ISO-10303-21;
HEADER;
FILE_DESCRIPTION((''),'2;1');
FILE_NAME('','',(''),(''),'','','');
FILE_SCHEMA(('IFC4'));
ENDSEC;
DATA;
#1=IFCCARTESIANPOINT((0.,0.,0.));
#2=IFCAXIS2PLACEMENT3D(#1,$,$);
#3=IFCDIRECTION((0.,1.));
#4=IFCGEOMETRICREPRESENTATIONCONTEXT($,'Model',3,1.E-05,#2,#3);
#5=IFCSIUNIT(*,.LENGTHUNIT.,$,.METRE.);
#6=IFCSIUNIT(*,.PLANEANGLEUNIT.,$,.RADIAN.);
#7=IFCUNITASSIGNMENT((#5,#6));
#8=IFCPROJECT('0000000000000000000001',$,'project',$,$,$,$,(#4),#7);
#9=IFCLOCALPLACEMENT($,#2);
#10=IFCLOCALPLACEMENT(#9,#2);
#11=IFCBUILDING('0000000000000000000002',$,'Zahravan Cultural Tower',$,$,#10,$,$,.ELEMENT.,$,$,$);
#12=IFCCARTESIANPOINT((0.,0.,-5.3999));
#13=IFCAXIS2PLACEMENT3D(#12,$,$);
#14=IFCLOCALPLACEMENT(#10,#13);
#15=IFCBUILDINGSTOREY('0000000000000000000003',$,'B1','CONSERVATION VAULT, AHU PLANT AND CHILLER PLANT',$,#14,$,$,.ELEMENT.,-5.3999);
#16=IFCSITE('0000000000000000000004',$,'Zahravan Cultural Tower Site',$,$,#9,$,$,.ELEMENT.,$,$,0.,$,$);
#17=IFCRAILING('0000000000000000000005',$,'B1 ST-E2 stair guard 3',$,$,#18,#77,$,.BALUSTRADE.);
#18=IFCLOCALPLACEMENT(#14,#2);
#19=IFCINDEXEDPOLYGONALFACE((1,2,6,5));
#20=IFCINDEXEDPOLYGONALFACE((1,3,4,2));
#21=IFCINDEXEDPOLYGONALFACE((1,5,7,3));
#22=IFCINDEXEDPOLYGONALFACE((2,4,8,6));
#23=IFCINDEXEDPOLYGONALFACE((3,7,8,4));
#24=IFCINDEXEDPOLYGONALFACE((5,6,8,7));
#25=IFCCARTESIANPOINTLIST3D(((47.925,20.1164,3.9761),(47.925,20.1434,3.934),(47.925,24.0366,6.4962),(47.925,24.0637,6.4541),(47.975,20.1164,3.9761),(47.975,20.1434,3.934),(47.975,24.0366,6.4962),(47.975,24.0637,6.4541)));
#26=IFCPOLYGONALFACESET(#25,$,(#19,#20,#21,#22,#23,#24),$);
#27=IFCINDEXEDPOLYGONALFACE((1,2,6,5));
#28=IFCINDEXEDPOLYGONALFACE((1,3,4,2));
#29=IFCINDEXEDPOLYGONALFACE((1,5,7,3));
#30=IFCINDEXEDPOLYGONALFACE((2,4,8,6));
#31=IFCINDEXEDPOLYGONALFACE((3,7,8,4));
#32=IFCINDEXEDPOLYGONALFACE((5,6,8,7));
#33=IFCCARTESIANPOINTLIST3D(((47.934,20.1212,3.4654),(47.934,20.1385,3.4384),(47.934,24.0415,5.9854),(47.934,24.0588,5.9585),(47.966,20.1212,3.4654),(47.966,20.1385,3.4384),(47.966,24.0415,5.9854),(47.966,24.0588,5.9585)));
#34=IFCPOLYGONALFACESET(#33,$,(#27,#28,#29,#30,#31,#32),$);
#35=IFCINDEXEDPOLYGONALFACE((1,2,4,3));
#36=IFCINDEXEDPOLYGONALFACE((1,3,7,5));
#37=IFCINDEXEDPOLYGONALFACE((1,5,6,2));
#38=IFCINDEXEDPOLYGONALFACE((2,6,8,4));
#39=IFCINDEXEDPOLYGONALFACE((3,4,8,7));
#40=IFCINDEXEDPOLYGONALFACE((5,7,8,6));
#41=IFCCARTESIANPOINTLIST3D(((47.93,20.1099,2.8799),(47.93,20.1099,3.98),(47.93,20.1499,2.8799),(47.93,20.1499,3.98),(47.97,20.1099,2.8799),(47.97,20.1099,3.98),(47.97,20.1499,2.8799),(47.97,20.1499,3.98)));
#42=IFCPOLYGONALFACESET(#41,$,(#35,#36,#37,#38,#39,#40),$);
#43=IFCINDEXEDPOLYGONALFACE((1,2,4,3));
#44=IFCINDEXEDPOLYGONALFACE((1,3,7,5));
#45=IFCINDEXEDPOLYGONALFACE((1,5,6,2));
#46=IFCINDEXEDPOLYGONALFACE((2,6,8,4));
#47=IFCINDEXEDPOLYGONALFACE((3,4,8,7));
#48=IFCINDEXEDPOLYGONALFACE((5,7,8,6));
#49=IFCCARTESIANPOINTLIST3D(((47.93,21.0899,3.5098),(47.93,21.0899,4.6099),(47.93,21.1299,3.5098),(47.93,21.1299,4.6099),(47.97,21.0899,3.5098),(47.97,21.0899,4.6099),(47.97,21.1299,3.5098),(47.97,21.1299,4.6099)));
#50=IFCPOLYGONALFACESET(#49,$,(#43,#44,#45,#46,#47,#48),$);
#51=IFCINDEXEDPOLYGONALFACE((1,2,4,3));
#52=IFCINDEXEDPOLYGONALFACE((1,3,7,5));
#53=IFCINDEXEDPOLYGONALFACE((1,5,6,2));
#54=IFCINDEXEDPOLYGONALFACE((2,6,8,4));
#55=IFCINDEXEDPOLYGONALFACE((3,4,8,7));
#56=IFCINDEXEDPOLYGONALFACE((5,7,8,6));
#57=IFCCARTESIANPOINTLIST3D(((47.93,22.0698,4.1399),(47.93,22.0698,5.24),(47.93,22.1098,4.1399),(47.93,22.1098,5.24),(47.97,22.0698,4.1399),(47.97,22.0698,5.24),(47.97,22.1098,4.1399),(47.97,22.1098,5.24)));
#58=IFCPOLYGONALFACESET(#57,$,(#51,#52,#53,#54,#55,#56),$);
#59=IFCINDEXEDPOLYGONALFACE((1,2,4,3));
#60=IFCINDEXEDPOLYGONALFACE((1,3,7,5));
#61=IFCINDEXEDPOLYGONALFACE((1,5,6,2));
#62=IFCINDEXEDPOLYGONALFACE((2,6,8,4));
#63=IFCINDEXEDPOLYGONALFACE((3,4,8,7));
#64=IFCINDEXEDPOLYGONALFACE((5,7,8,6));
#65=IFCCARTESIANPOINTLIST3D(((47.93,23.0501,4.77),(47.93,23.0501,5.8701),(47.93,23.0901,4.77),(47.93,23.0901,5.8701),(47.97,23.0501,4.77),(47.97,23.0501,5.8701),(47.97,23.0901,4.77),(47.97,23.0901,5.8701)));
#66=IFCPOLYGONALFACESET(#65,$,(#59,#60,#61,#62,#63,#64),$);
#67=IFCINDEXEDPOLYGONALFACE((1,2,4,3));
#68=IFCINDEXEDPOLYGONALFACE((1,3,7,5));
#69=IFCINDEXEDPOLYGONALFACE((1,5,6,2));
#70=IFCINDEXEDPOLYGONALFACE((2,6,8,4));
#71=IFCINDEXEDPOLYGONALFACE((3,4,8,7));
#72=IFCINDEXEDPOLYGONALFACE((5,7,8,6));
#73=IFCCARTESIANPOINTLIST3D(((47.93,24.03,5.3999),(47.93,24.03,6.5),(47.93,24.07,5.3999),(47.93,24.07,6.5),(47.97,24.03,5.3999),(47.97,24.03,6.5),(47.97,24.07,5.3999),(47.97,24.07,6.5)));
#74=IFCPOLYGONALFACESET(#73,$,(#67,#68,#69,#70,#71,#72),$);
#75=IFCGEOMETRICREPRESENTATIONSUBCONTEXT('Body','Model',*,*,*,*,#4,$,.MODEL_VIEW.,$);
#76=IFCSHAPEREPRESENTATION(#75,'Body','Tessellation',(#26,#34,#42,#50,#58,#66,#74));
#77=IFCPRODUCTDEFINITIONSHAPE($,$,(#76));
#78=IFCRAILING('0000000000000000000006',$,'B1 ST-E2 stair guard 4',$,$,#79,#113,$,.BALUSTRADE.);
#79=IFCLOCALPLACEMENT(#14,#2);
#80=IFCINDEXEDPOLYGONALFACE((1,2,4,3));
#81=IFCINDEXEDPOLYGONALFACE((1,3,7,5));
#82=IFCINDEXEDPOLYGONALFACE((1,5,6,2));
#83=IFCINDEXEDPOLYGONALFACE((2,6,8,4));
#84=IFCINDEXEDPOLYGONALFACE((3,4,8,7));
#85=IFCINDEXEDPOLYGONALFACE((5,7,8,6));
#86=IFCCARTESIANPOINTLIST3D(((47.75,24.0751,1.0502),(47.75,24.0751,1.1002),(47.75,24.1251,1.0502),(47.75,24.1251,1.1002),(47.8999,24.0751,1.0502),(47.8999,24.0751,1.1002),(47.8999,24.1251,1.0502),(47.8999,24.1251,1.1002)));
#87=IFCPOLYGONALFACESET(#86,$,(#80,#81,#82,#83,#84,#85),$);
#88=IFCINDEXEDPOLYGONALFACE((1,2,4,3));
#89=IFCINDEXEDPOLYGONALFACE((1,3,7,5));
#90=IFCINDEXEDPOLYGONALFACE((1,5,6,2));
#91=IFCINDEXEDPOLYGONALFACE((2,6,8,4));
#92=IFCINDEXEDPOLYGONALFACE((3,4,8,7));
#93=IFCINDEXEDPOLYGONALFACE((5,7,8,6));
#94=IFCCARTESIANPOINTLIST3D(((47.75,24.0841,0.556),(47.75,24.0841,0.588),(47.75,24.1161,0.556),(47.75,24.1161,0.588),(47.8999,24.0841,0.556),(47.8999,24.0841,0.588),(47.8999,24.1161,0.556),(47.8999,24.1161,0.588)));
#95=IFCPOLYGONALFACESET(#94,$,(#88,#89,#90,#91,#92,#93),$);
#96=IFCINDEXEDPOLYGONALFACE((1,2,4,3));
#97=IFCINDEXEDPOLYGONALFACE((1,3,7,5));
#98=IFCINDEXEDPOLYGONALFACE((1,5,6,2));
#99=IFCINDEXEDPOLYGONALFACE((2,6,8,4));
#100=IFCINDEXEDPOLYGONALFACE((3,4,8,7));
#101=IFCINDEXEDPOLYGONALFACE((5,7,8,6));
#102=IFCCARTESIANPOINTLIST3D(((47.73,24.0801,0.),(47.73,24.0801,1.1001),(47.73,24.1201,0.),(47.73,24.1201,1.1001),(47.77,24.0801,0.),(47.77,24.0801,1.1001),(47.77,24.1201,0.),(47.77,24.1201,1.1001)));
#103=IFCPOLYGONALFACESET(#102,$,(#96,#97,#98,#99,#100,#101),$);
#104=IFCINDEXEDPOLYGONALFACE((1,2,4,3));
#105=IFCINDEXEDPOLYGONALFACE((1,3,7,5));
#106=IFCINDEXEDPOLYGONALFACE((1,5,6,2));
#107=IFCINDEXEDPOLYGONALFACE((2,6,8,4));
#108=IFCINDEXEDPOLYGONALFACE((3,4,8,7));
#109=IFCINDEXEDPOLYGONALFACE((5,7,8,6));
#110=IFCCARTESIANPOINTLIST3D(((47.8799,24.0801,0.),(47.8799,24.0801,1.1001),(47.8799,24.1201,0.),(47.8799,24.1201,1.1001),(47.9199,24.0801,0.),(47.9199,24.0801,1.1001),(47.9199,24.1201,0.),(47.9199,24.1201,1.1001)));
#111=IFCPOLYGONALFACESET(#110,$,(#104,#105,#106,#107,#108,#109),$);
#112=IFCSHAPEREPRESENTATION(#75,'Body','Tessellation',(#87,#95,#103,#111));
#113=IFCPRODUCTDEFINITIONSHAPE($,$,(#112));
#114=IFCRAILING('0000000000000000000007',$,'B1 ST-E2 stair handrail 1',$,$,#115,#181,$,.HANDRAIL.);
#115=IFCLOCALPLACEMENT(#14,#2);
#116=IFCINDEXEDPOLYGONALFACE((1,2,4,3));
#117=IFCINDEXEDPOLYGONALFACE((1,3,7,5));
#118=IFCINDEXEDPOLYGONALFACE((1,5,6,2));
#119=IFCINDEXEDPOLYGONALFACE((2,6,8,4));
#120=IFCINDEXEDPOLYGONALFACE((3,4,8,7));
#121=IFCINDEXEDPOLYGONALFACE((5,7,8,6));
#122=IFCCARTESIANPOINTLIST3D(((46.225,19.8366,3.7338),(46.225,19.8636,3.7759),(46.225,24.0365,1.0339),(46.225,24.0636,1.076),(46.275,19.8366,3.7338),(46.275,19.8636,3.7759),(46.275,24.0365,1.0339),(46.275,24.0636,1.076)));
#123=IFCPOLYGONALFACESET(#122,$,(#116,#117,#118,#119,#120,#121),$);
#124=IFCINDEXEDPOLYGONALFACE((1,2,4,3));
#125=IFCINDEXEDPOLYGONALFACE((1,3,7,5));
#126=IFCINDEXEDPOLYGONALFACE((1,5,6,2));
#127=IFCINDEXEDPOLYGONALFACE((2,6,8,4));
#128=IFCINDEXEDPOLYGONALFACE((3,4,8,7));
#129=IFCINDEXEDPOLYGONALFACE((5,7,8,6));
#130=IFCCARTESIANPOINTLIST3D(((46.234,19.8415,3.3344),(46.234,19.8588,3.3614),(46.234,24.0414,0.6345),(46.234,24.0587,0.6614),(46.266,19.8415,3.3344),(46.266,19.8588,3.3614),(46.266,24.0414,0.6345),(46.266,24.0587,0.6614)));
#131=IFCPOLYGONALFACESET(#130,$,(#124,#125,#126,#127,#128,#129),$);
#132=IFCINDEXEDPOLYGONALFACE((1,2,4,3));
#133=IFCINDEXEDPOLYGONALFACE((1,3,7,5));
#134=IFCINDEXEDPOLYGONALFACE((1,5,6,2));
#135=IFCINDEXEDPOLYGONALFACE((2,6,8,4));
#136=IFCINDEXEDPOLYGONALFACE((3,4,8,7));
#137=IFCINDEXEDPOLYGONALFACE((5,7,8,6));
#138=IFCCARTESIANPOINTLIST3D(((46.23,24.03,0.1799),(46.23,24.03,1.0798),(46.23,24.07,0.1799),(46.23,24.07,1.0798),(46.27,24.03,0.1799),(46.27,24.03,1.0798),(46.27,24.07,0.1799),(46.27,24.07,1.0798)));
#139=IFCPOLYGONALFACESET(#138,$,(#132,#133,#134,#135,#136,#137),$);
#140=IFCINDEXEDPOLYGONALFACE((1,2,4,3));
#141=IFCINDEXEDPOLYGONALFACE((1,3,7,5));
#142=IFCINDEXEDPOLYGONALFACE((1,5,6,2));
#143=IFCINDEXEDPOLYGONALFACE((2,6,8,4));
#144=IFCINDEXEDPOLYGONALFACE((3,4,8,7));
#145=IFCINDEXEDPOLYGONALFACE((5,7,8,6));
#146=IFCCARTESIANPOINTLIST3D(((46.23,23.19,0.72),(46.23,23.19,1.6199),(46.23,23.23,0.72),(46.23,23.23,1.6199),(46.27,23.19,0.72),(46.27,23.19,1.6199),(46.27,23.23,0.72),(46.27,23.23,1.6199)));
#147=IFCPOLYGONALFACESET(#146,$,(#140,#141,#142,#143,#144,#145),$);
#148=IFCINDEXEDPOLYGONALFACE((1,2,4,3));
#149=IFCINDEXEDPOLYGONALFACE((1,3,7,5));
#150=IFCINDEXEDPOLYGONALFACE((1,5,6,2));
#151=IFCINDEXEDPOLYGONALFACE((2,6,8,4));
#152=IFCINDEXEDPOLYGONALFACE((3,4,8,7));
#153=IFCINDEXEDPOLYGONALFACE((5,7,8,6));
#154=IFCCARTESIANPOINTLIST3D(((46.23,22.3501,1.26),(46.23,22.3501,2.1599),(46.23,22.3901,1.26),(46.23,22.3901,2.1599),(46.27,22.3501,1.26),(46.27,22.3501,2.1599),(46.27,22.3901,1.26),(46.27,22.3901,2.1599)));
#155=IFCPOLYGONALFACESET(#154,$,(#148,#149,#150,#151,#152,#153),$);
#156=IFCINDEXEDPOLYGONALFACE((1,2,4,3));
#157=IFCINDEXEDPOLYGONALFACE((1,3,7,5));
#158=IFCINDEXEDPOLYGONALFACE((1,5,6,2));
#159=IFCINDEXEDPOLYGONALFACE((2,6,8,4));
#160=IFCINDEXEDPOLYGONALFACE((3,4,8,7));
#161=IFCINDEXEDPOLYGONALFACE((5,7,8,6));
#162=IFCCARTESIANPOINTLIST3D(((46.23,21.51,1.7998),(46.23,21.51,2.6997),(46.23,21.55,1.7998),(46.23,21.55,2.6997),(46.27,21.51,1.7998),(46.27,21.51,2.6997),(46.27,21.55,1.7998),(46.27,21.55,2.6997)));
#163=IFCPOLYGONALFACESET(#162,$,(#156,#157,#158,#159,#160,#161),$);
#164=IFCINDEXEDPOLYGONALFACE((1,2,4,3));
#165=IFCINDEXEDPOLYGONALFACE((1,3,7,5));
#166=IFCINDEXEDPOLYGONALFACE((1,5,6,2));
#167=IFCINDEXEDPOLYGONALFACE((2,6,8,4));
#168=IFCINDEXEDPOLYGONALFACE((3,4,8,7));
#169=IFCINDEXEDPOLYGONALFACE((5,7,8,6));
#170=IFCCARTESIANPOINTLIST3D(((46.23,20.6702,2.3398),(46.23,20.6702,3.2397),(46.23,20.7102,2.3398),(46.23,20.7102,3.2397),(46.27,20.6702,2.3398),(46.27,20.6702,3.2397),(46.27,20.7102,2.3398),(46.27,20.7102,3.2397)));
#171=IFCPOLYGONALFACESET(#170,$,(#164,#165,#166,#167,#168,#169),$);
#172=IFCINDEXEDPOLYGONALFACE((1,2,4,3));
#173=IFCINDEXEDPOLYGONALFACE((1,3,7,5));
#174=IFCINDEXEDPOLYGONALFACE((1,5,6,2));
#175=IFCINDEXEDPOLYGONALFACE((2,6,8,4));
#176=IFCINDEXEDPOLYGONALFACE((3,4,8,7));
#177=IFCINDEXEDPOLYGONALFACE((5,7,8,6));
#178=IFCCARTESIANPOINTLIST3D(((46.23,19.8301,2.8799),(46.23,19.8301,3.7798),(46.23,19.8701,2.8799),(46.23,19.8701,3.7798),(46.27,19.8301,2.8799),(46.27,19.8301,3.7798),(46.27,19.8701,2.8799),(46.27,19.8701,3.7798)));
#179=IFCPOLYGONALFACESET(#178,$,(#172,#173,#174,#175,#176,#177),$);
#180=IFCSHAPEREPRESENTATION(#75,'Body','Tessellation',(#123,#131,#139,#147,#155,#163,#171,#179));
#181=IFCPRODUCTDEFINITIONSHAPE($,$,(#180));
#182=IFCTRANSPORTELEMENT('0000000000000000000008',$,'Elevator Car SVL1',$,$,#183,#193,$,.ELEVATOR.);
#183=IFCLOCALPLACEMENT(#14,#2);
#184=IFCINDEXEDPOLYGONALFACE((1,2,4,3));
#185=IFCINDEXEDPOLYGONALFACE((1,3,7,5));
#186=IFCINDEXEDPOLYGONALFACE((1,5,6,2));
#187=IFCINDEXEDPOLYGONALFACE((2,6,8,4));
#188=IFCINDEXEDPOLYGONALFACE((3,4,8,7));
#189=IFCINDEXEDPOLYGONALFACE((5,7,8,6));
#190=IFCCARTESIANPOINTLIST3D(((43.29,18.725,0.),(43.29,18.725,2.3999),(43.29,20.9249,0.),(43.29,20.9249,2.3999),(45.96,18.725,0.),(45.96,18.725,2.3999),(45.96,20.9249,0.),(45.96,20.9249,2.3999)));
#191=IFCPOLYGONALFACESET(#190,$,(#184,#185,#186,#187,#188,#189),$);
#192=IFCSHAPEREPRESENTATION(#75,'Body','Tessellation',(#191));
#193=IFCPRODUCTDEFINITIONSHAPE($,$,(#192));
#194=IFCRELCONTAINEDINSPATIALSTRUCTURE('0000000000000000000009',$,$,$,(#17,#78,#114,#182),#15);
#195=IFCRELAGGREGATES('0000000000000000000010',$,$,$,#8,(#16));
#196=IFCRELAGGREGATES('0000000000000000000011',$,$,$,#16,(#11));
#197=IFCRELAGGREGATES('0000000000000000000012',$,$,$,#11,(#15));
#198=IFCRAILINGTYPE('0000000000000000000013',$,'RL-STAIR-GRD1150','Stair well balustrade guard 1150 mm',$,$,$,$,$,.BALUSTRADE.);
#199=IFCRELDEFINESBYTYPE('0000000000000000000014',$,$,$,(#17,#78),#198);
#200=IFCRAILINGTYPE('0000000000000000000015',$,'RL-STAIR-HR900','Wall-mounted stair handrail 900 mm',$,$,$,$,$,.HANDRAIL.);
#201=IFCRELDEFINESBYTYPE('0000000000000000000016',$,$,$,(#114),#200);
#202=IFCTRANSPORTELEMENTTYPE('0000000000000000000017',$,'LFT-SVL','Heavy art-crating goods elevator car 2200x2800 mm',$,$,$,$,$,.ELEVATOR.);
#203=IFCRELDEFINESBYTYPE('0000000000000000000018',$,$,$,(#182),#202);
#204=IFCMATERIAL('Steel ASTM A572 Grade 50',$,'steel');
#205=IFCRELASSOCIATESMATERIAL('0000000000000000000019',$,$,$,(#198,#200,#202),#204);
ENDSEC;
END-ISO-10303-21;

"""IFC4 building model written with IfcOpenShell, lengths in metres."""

from ifc_helpers import new_model, si_unit, direction, frame, origin, origin_2d, place, context, subcontext, project, spatial, rectangle, extrude, source, transform, mapped, material, type_object, element, save


model = new_model("IFC4")

# Units and contexts
model_context = context("Model", 3, precision=1e-05, world=origin(), true_north=direction((0.0, 1.0)))
body_context = subcontext(model_context, "Body", "Model", "MODEL_VIEW")
ifc_project = project(units=[si_unit("LENGTHUNIT", "METRE"), si_unit("PLANEANGLEUNIT", "RADIAN")], contexts=[model_context])

# Site, building, storey
site_placement = place(None, origin())
site = spatial("IfcSite", under=ifc_project, at=site_placement, Name="Zahravan Cultural Tower Site", CompositionType="ELEMENT", RefElevation=0.0)
building_placement = place(site_placement, origin())
building = spatial("IfcBuilding", under=site, at=building_placement, Name="Zahravan Cultural Tower", CompositionType="ELEMENT")
storey_placement = place(building_placement, frame((0.0, 0.0, -5.3999)))
storey = spatial("IfcBuildingStorey", under=building, at=storey_placement, Name="B1", Description="CONSERVATION VAULT, AHU PLANT AND CHILLER PLANT", CompositionType="ELEMENT", Elevation=-5.3999)

# Railings
ifc_material_1 = material(Name="Steel ASTM A572 Grade 50", Category="steel")
railing_type_1 = type_object("IfcRailingType", Name="RL-STAIR-GRD1150", Description="Stair well balustrade guard 1150 mm", PredefinedType="BALUSTRADE", material=ifc_material_1)
railing_1_placement = place(storey_placement, frame((47.95, 20.1299, 2.8799)))
element("IfcRailing", 1, at=railing_1_placement, inside=storey, type_object=railing_type_1, Name="B1 ST-E2 stair guard 3", PredefinedType="BALUSTRADE", context=body_context, shape_type="SweptSolid", body=[
    extrude(rectangle(XDim=0.05, YDim=0.05, at=origin_2d()), frame((0.0, 0.0, 1.0752), z_axis=(0.0, 0.841187, 0.540744), x_axis=(-1.0, 0.0, 0.0)), (0.0, 0.0, 1.0), 4.6604),
    extrude(rectangle(XDim=0.032, YDim=0.032, at=origin_2d()), frame((0.0, 0.0, 0.572), z_axis=(0.0, 0.841187, 0.540744), x_axis=(-1.0, 0.0, 0.0)), (0.0, 0.0, 1.0), 4.6604),
    extrude(rectangle(XDim=0.04, YDim=0.04, at=origin_2d()), origin(), (0.0, 0.0, 1.0), 1.1001),
    extrude(rectangle(XDim=0.04, YDim=0.04, at=origin_2d()), frame((0.0, 0.98, 0.6299)), (0.0, 0.0, 1.0), 1.1001),
    extrude(rectangle(XDim=0.04, YDim=0.04, at=origin_2d()), frame((0.0, 1.96, 1.26)), (0.0, 0.0, 1.0), 1.1001),
    extrude(rectangle(XDim=0.04, YDim=0.04, at=origin_2d()), frame((0.0, 2.9402, 1.8901)), (0.0, 0.0, 1.0), 1.1001),
    extrude(rectangle(XDim=0.04, YDim=0.04, at=origin_2d()), frame((0.0, 3.9202, 2.52)), (0.0, 0.0, 1.0), 1.1001),
])
railing_2_placement = place(storey_placement, frame((47.75, 24.1001, 0.0)))
element("IfcRailing", 2, at=railing_2_placement, inside=storey, type_object=railing_type_1, Name="B1 ST-E2 stair guard 4", PredefinedType="BALUSTRADE", context=body_context, shape_type="SweptSolid", body=[
    extrude(rectangle(XDim=0.05, YDim=0.05, at=origin_2d()), frame((0.0, 0.0, 1.0752), z_axis=(1.0, 0.0, 0.0), x_axis=(0.0, 1.0, 0.0)), (0.0, 0.0, 1.0), 0.1499),
    extrude(rectangle(XDim=0.032, YDim=0.032, at=origin_2d()), frame((0.0, 0.0, 0.572), z_axis=(1.0, 0.0, 0.0), x_axis=(0.0, 1.0, 0.0)), (0.0, 0.0, 1.0), 0.1499),
    extrude(rectangle(XDim=0.04, YDim=0.04, at=origin_2d()), origin(), (0.0, 0.0, 1.0), 1.1001),
    extrude(rectangle(XDim=0.04, YDim=0.04, at=origin_2d()), frame((0.1499, 0.0, 0.0)), (0.0, 0.0, 1.0), 1.1001),
])
railing_type_2 = type_object("IfcRailingType", Name="RL-STAIR-HR900", Description="Wall-mounted stair handrail 900 mm", PredefinedType="HANDRAIL", material=ifc_material_1)
railing_3_placement = place(storey_placement, frame((46.25, 24.05, 0.1799)))
element("IfcRailing", 3, at=railing_3_placement, inside=storey, type_object=railing_type_2, Name="B1 ST-E2 stair handrail 1", PredefinedType="HANDRAIL", context=body_context, shape_type="SweptSolid", body=[
    extrude(rectangle(XDim=0.05, YDim=0.05, at=origin_2d()), frame((0.0, 0.0, 0.875), z_axis=(0.0, -0.84118, 0.540755), x_axis=(1.0, 0.0, 0.0)), (0.0, 0.0, 1.0), 4.9929),
    extrude(rectangle(XDim=0.032, YDim=0.032, at=origin_2d()), frame((0.0, 0.0, 0.468), z_axis=(0.0, -0.84118, 0.540755), x_axis=(1.0, 0.0, 0.0)), (0.0, 0.0, 1.0), 4.9929),
    extrude(rectangle(XDim=0.04, YDim=0.04, at=origin_2d()), origin(), (0.0, 0.0, 1.0), 0.8999),
    extrude(rectangle(XDim=0.04, YDim=0.04, at=origin_2d()), frame((0.0, -0.8401, 0.54)), (0.0, 0.0, 1.0), 0.8999),
    extrude(rectangle(XDim=0.04, YDim=0.04, at=origin_2d()), frame((0.0, -1.6799, 1.0801)), (0.0, 0.0, 1.0), 0.8999),
    extrude(rectangle(XDim=0.04, YDim=0.04, at=origin_2d()), frame((0.0, -2.52, 1.6199)), (0.0, 0.0, 1.0), 0.8999),
    extrude(rectangle(XDim=0.04, YDim=0.04, at=origin_2d()), frame((0.0, -3.3599, 2.1599)), (0.0, 0.0, 1.0), 0.8999),
    extrude(rectangle(XDim=0.04, YDim=0.04, at=origin_2d()), frame((0.0, -4.2, 2.7)), (0.0, 0.0, 1.0), 0.8999),
])

# Transport element
transport_element_type = type_object("IfcTransportElementType", Name="LFT-SVL", Description="Heavy art-crating goods elevator car 2200x2800 mm", PredefinedType="ELEVATOR", material=ifc_material_1)
shared_shape_1 = source(origin(), body_context, "Body", "SweptSolid", [
    extrude(rectangle(XDim=2.6699, YDim=2.2, at=origin_2d()), origin(), (0.0, 0.0, 1.0), 2.3999),
])
transport_element_placement = place(storey_placement, frame((44.625, 19.825, 0.0), z_axis=(0.0, 0.0, 1.0), x_axis=(1.0, 0.0, 0.0)))
element("IfcTransportElement", 4, at=transport_element_placement, inside=storey, type_object=transport_element_type, Name="Elevator Car SVL1", PredefinedType="ELEVATOR", context=body_context, shape_type="MappedRepresentation", body=[
    mapped(shared_shape_1, transform((0.0, 0.0, 0.0), x_axis=(1.0, 0.0, 0.0), y_axis=(0.0, 1.0, 0.0), z_axis=(0.0, 0.0, 1.0), scale=1.0)),
])

save(model, "model.ifc")
